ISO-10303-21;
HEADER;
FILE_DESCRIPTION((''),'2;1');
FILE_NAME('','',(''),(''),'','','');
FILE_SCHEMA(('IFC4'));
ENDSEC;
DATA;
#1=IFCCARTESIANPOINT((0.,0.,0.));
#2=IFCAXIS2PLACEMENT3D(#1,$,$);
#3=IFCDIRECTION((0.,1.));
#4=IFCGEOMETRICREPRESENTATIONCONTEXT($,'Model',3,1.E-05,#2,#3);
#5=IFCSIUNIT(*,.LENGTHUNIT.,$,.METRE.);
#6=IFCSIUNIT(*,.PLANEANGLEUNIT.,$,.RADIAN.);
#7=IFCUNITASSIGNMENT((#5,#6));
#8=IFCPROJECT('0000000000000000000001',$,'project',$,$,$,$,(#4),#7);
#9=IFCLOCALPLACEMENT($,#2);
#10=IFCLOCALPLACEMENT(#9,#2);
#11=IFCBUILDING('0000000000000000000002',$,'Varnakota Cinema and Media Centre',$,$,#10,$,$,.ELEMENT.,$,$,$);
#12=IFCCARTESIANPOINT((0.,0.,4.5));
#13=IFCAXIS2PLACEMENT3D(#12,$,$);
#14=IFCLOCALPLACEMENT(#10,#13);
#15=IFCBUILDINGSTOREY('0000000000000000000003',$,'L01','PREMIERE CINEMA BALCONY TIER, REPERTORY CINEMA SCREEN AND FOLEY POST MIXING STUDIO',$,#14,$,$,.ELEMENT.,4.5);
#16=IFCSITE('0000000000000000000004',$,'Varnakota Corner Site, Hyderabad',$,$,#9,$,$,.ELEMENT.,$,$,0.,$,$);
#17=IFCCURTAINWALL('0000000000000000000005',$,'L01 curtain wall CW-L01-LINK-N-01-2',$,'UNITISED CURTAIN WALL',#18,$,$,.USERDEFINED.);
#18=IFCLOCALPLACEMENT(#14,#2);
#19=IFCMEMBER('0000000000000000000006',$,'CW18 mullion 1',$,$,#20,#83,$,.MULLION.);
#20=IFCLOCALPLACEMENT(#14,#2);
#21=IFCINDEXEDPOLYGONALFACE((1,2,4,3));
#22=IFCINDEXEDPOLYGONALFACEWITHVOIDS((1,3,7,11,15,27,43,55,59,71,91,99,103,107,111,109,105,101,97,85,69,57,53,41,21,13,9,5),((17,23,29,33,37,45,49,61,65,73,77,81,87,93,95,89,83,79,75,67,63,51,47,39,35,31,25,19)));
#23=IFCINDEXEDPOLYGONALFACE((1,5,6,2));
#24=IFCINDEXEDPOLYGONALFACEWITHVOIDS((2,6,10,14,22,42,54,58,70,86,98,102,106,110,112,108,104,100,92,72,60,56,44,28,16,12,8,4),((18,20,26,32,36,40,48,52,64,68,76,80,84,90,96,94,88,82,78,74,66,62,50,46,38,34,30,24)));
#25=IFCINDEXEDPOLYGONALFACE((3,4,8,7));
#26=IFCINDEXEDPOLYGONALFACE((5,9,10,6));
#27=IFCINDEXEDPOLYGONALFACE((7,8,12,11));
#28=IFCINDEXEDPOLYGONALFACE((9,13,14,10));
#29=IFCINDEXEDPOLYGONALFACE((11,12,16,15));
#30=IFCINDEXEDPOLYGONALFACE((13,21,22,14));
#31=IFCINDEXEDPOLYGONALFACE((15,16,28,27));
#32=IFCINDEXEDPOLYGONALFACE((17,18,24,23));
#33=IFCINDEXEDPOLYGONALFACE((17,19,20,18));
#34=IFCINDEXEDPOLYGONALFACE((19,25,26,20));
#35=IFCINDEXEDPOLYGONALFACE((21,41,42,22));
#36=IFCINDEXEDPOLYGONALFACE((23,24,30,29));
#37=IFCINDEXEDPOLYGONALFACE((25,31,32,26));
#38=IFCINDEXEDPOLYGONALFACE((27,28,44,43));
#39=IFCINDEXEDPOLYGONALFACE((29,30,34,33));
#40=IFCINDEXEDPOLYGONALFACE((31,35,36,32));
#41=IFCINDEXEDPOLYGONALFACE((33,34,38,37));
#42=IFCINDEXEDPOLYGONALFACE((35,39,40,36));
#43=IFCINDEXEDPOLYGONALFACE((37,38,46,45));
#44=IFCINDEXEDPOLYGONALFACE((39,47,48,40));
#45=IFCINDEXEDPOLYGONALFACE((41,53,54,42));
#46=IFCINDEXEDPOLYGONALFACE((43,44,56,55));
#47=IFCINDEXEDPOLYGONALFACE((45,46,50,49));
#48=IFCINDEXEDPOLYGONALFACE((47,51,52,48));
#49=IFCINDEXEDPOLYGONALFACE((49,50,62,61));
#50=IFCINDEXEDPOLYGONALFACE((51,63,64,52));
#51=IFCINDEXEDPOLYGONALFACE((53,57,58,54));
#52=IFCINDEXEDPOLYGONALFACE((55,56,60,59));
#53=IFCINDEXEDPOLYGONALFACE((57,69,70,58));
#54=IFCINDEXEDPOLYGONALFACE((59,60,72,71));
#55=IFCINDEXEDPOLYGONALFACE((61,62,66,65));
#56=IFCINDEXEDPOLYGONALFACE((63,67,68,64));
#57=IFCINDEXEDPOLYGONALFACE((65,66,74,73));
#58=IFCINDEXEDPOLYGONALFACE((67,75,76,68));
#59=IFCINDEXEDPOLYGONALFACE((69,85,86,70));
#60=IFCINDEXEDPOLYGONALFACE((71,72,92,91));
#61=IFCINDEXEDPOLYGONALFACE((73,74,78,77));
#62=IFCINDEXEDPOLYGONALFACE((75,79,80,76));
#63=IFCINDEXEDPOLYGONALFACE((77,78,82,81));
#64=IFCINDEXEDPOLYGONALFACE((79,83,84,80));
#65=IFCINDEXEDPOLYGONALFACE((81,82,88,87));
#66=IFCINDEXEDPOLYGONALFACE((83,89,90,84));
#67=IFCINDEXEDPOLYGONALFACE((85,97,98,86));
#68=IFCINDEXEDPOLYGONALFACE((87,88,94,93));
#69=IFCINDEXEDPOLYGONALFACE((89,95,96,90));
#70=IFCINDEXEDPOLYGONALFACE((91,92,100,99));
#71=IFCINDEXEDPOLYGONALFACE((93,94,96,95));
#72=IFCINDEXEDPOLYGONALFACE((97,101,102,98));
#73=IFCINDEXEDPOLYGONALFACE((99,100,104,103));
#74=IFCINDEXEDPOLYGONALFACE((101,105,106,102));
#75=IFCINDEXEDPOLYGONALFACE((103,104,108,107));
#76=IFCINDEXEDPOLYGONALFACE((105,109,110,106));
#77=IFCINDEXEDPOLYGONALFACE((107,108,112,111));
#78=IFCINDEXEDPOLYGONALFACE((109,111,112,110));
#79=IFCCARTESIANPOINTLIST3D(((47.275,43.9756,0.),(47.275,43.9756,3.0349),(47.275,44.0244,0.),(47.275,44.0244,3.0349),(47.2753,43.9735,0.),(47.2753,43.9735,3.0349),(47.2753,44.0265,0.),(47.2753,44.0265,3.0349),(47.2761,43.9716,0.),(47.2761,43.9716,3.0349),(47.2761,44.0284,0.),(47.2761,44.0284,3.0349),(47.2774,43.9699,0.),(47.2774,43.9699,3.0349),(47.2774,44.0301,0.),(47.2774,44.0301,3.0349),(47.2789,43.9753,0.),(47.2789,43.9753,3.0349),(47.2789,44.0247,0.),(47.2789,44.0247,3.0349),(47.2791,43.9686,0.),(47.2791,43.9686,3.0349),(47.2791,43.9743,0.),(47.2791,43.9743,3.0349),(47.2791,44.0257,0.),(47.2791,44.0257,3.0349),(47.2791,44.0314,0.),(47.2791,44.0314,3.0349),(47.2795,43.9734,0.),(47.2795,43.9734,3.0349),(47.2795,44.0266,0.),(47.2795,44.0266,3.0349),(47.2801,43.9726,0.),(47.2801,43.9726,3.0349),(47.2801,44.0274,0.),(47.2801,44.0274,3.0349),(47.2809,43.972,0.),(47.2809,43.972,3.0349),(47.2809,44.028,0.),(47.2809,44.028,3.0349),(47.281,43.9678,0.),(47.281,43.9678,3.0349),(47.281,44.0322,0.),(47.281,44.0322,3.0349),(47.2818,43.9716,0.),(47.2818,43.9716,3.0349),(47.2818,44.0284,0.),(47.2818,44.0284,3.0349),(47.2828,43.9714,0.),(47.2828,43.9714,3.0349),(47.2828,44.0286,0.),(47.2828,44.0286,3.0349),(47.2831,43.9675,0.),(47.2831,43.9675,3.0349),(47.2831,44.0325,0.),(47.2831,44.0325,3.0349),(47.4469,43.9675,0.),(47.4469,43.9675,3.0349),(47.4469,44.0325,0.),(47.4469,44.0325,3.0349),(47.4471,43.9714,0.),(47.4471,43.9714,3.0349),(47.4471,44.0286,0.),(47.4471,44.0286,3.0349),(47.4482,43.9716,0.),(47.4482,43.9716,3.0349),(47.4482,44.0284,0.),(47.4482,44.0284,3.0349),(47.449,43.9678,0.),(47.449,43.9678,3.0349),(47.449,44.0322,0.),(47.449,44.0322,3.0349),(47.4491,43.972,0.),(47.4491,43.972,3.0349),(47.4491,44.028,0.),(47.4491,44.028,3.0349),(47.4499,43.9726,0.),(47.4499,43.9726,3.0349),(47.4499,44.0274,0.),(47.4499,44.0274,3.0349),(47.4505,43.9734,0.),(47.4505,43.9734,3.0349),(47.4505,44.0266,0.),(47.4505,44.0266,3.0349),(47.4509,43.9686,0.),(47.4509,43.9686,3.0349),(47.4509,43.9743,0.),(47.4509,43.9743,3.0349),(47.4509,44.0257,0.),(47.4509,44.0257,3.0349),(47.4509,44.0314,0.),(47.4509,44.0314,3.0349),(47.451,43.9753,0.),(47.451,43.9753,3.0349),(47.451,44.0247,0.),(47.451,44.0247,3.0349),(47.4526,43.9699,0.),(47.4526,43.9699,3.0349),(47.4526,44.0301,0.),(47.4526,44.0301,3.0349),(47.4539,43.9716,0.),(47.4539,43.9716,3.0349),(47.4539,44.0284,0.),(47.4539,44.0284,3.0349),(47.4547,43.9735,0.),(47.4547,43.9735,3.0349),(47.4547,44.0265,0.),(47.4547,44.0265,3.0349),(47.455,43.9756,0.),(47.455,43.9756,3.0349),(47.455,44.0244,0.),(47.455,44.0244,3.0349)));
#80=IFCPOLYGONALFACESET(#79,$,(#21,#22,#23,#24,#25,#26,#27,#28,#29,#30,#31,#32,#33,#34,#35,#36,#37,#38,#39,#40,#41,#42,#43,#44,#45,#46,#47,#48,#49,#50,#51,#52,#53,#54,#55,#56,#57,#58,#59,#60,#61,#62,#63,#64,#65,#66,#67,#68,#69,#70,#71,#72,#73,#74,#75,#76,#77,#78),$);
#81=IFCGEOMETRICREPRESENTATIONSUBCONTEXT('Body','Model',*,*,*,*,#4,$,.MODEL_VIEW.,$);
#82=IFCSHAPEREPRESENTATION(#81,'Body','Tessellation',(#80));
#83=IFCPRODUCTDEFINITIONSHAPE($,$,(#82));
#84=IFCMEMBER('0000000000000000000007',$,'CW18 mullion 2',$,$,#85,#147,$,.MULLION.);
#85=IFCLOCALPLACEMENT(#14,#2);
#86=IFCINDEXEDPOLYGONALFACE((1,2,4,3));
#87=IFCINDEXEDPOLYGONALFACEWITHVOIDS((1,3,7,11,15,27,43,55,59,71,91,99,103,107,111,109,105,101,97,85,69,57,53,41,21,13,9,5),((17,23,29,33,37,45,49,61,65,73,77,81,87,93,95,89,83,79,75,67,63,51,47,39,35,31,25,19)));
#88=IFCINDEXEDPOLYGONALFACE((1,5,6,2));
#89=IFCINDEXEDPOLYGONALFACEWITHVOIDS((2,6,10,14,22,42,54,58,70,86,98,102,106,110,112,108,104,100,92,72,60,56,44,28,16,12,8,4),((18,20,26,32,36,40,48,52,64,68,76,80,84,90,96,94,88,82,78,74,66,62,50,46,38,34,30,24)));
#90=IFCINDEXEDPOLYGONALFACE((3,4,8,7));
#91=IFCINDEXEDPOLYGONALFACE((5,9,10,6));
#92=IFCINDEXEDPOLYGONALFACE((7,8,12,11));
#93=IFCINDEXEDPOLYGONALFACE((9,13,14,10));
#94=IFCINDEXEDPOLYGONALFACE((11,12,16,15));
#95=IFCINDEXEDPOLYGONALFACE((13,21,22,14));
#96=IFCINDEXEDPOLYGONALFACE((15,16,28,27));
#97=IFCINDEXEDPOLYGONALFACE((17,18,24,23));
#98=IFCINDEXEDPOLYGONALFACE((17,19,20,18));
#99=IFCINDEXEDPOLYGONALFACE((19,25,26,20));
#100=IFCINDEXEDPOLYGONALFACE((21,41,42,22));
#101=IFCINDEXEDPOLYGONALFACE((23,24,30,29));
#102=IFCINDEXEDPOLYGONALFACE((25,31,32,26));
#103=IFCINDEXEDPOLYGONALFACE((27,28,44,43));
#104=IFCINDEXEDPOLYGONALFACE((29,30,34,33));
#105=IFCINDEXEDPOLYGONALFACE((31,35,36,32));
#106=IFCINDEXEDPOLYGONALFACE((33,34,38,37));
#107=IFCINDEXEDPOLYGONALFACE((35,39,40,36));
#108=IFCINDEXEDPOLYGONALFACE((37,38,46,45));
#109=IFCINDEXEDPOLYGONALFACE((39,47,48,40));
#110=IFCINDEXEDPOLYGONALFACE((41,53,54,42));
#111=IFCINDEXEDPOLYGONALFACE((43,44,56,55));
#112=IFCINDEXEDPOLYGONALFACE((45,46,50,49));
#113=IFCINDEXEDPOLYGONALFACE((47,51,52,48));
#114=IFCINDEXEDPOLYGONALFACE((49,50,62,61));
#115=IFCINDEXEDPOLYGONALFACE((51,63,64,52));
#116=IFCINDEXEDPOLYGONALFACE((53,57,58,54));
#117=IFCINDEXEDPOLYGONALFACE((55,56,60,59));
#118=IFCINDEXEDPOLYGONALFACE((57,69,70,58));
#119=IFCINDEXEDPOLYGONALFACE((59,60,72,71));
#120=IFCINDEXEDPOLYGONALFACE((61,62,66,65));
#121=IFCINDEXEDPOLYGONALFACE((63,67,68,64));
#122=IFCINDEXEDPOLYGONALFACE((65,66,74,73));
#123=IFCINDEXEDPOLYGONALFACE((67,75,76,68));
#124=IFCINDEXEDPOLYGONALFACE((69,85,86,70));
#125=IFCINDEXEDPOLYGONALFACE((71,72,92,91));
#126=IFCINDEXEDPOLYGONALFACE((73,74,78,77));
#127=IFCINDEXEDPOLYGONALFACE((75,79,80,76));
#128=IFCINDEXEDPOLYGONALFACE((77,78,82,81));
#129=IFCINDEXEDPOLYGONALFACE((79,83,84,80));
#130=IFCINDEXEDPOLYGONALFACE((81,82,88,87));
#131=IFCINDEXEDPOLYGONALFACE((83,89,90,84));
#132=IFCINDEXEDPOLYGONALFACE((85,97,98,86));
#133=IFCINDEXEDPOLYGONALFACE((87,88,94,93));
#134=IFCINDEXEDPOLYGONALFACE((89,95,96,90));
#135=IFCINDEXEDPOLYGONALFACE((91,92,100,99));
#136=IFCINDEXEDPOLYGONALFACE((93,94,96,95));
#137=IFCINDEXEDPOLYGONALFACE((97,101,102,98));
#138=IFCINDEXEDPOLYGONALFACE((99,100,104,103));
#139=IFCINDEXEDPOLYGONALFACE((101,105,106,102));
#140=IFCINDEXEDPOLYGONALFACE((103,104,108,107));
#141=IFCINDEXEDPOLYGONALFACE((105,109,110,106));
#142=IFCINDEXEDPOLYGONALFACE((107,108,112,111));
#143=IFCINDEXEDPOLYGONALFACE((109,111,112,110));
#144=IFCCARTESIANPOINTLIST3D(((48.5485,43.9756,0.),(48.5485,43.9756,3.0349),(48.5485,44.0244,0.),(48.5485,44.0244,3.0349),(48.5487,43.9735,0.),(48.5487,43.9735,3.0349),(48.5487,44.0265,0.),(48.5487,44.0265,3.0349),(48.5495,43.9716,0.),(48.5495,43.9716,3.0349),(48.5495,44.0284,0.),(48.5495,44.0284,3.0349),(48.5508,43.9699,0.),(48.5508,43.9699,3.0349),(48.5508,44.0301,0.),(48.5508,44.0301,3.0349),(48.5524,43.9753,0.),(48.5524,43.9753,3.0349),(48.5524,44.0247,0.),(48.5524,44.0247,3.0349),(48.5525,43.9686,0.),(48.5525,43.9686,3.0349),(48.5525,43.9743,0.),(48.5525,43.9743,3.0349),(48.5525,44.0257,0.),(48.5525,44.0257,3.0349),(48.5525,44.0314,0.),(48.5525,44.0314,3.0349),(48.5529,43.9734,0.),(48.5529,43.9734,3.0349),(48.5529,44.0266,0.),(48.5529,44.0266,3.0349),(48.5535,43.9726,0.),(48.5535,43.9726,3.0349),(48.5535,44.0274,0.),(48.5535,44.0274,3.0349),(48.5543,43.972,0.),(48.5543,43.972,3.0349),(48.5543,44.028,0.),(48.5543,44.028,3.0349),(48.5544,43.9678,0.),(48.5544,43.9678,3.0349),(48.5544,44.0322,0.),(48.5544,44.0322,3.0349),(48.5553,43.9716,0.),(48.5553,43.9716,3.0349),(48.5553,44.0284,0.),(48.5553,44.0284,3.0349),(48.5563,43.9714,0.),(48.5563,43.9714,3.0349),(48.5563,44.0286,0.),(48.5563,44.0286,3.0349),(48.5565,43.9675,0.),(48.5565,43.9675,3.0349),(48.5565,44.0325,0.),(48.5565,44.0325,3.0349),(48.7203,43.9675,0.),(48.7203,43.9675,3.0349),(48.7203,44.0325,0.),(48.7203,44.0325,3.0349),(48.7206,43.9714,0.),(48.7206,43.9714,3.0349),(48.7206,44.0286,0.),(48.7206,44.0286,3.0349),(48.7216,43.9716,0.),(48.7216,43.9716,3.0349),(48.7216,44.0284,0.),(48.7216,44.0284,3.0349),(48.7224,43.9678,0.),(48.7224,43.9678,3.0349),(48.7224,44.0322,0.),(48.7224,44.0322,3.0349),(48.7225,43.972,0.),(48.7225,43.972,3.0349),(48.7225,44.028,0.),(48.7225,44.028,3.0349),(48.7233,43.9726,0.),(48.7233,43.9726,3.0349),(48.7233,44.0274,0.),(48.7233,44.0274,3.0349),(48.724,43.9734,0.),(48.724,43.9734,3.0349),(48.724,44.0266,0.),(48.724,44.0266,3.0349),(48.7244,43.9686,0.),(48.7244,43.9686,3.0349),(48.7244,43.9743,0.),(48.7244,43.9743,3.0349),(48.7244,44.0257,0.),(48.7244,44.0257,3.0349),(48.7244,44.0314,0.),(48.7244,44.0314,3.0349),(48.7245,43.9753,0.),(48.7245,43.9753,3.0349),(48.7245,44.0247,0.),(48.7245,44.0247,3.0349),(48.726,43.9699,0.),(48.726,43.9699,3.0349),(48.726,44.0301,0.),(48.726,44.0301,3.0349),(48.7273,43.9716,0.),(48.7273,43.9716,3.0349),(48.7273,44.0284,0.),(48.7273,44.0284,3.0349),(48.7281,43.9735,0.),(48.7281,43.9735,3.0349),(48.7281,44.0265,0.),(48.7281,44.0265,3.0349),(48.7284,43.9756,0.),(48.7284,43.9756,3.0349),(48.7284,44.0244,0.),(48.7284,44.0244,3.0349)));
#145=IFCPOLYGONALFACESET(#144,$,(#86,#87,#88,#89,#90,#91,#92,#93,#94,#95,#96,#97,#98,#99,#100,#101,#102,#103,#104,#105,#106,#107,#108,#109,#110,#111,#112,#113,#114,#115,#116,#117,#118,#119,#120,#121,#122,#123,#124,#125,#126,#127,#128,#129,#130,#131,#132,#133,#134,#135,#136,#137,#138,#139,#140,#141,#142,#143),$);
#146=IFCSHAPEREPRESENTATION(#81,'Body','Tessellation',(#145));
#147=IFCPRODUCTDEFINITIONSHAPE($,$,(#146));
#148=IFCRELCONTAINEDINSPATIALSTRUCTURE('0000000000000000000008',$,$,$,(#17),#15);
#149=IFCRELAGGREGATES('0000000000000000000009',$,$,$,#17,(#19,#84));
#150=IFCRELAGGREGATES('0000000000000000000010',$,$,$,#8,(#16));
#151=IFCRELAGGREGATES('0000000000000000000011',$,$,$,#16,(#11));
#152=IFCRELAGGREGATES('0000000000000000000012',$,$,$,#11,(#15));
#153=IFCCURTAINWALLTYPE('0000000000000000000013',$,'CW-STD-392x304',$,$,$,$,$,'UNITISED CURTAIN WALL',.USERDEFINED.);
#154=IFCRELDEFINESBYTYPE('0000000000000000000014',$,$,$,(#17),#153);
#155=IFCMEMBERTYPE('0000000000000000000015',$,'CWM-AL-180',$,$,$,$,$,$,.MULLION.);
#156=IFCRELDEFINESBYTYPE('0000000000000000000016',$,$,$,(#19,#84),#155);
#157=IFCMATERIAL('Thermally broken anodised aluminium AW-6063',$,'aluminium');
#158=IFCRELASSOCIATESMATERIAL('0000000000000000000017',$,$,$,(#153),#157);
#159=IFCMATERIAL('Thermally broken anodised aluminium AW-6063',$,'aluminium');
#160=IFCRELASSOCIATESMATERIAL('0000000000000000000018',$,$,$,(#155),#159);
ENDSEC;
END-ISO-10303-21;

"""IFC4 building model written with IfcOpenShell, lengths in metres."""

from ifc_helpers import new_model, si_unit, direction, frame, origin, origin_2d, place, context, subcontext, project, spatial, hollow_rectangle, extrude, material, material_profile, profile_set, type_object, element, aggregate, save


model = new_model("IFC4")

# Units and contexts
model_context = context("Model", 3, precision=1e-05, world=origin(), true_north=direction((0.0, 1.0)))
body_context = subcontext(model_context, "Body", "Model", "MODEL_VIEW")
ifc_project = project(units=[si_unit("LENGTHUNIT", "METRE"), si_unit("PLANEANGLEUNIT", "RADIAN")], contexts=[model_context])

# Site, building, storey
site_placement = place(None, origin())
site = spatial("IfcSite", under=ifc_project, at=site_placement, Name="Varnakota Corner Site, Hyderabad", CompositionType="ELEMENT", RefElevation=0.0)
building_placement = place(site_placement, origin())
building = spatial("IfcBuilding", under=site, at=building_placement, Name="Varnakota Cinema and Media Centre", CompositionType="ELEMENT")
storey_placement = place(building_placement, frame((0.0, 0.0, 4.5)))
storey = spatial("IfcBuildingStorey", under=building, at=storey_placement, Name="L01", Description="PREMIERE CINEMA BALCONY TIER, REPERTORY CINEMA SCREEN AND FOLEY POST MIXING STUDIO", CompositionType="ELEMENT", Elevation=4.5)

# Shared definitions
ifc_material_1 = material(Name="Thermally broken anodised aluminium AW-6063", Category="aluminium")
curtain_wall_type = type_object("IfcCurtainWallType", Name="CW-STD-392x304", ElementType="UNITISED CURTAIN WALL", PredefinedType="USERDEFINED", material=ifc_material_1)
ifc_material_2 = material(Name="Thermally broken anodised aluminium AW-6063", Category="aluminium")
ifc_material_profile_1 = material_profile(ifc_material_2, hollow_rectangle(XDim=0.0649, YDim=0.1799, WallThickness=0.0039, InnerFilletRadius=0.0039, OuterFilletRadius=0.0081, at=origin_2d()), Name="AL-MULLION 180x65x4")
ifc_profile_set_1 = profile_set([ifc_material_profile_1], Name="Thermally broken anodised aluminium AW-6063")
member_type_1 = type_object("IfcMemberType", Name="CWM-AL-180", PredefinedType="MULLION", material=ifc_profile_set_1)

# Curtain wall, members
curtain_wall_1_placement = place(storey_placement, origin())
curtain_wall_1 = element("IfcCurtainWall", 1, at=curtain_wall_1_placement, inside=storey, type_object=curtain_wall_type, Name="L01 curtain wall CW-L01-LINK-N-01-2", ObjectType="UNITISED CURTAIN WALL", PredefinedType="USERDEFINED")
member_1_placement = place(storey_placement, frame((47.365, 44.0, 0.0), z_axis=(0.0, 0.0, 1.0), x_axis=(0.0, 1.0, 0.0)))
member_1 = element("IfcMember", 2, at=member_1_placement, type_object=member_type_1, Name="CW18 mullion 1", PredefinedType="MULLION", context=body_context, shape_type="SweptSolid", body=[
    extrude(hollow_rectangle(XDim=0.0649, YDim=0.1799, WallThickness=0.0039, InnerFilletRadius=0.0039, OuterFilletRadius=0.0081, at=origin_2d()), origin(), (0.0, 0.0, 1.0), 3.0349),
])
member_2_placement = place(storey_placement, frame((48.6384, 44.0, 0.0), z_axis=(0.0, 0.0, 1.0), x_axis=(0.0, 1.0, 0.0)))
member_2 = element("IfcMember", 3, at=member_2_placement, type_object=member_type_1, Name="CW18 mullion 2", PredefinedType="MULLION", context=body_context, shape_type="SweptSolid", body=[
    extrude(hollow_rectangle(XDim=0.0649, YDim=0.1799, WallThickness=0.0039, InnerFilletRadius=0.0039, OuterFilletRadius=0.0081, at=origin_2d()), origin(), (0.0, 0.0, 1.0), 3.0349),
])

aggregate(curtain_wall_1, [member_1, member_2])

save(model, "model.ifc")
